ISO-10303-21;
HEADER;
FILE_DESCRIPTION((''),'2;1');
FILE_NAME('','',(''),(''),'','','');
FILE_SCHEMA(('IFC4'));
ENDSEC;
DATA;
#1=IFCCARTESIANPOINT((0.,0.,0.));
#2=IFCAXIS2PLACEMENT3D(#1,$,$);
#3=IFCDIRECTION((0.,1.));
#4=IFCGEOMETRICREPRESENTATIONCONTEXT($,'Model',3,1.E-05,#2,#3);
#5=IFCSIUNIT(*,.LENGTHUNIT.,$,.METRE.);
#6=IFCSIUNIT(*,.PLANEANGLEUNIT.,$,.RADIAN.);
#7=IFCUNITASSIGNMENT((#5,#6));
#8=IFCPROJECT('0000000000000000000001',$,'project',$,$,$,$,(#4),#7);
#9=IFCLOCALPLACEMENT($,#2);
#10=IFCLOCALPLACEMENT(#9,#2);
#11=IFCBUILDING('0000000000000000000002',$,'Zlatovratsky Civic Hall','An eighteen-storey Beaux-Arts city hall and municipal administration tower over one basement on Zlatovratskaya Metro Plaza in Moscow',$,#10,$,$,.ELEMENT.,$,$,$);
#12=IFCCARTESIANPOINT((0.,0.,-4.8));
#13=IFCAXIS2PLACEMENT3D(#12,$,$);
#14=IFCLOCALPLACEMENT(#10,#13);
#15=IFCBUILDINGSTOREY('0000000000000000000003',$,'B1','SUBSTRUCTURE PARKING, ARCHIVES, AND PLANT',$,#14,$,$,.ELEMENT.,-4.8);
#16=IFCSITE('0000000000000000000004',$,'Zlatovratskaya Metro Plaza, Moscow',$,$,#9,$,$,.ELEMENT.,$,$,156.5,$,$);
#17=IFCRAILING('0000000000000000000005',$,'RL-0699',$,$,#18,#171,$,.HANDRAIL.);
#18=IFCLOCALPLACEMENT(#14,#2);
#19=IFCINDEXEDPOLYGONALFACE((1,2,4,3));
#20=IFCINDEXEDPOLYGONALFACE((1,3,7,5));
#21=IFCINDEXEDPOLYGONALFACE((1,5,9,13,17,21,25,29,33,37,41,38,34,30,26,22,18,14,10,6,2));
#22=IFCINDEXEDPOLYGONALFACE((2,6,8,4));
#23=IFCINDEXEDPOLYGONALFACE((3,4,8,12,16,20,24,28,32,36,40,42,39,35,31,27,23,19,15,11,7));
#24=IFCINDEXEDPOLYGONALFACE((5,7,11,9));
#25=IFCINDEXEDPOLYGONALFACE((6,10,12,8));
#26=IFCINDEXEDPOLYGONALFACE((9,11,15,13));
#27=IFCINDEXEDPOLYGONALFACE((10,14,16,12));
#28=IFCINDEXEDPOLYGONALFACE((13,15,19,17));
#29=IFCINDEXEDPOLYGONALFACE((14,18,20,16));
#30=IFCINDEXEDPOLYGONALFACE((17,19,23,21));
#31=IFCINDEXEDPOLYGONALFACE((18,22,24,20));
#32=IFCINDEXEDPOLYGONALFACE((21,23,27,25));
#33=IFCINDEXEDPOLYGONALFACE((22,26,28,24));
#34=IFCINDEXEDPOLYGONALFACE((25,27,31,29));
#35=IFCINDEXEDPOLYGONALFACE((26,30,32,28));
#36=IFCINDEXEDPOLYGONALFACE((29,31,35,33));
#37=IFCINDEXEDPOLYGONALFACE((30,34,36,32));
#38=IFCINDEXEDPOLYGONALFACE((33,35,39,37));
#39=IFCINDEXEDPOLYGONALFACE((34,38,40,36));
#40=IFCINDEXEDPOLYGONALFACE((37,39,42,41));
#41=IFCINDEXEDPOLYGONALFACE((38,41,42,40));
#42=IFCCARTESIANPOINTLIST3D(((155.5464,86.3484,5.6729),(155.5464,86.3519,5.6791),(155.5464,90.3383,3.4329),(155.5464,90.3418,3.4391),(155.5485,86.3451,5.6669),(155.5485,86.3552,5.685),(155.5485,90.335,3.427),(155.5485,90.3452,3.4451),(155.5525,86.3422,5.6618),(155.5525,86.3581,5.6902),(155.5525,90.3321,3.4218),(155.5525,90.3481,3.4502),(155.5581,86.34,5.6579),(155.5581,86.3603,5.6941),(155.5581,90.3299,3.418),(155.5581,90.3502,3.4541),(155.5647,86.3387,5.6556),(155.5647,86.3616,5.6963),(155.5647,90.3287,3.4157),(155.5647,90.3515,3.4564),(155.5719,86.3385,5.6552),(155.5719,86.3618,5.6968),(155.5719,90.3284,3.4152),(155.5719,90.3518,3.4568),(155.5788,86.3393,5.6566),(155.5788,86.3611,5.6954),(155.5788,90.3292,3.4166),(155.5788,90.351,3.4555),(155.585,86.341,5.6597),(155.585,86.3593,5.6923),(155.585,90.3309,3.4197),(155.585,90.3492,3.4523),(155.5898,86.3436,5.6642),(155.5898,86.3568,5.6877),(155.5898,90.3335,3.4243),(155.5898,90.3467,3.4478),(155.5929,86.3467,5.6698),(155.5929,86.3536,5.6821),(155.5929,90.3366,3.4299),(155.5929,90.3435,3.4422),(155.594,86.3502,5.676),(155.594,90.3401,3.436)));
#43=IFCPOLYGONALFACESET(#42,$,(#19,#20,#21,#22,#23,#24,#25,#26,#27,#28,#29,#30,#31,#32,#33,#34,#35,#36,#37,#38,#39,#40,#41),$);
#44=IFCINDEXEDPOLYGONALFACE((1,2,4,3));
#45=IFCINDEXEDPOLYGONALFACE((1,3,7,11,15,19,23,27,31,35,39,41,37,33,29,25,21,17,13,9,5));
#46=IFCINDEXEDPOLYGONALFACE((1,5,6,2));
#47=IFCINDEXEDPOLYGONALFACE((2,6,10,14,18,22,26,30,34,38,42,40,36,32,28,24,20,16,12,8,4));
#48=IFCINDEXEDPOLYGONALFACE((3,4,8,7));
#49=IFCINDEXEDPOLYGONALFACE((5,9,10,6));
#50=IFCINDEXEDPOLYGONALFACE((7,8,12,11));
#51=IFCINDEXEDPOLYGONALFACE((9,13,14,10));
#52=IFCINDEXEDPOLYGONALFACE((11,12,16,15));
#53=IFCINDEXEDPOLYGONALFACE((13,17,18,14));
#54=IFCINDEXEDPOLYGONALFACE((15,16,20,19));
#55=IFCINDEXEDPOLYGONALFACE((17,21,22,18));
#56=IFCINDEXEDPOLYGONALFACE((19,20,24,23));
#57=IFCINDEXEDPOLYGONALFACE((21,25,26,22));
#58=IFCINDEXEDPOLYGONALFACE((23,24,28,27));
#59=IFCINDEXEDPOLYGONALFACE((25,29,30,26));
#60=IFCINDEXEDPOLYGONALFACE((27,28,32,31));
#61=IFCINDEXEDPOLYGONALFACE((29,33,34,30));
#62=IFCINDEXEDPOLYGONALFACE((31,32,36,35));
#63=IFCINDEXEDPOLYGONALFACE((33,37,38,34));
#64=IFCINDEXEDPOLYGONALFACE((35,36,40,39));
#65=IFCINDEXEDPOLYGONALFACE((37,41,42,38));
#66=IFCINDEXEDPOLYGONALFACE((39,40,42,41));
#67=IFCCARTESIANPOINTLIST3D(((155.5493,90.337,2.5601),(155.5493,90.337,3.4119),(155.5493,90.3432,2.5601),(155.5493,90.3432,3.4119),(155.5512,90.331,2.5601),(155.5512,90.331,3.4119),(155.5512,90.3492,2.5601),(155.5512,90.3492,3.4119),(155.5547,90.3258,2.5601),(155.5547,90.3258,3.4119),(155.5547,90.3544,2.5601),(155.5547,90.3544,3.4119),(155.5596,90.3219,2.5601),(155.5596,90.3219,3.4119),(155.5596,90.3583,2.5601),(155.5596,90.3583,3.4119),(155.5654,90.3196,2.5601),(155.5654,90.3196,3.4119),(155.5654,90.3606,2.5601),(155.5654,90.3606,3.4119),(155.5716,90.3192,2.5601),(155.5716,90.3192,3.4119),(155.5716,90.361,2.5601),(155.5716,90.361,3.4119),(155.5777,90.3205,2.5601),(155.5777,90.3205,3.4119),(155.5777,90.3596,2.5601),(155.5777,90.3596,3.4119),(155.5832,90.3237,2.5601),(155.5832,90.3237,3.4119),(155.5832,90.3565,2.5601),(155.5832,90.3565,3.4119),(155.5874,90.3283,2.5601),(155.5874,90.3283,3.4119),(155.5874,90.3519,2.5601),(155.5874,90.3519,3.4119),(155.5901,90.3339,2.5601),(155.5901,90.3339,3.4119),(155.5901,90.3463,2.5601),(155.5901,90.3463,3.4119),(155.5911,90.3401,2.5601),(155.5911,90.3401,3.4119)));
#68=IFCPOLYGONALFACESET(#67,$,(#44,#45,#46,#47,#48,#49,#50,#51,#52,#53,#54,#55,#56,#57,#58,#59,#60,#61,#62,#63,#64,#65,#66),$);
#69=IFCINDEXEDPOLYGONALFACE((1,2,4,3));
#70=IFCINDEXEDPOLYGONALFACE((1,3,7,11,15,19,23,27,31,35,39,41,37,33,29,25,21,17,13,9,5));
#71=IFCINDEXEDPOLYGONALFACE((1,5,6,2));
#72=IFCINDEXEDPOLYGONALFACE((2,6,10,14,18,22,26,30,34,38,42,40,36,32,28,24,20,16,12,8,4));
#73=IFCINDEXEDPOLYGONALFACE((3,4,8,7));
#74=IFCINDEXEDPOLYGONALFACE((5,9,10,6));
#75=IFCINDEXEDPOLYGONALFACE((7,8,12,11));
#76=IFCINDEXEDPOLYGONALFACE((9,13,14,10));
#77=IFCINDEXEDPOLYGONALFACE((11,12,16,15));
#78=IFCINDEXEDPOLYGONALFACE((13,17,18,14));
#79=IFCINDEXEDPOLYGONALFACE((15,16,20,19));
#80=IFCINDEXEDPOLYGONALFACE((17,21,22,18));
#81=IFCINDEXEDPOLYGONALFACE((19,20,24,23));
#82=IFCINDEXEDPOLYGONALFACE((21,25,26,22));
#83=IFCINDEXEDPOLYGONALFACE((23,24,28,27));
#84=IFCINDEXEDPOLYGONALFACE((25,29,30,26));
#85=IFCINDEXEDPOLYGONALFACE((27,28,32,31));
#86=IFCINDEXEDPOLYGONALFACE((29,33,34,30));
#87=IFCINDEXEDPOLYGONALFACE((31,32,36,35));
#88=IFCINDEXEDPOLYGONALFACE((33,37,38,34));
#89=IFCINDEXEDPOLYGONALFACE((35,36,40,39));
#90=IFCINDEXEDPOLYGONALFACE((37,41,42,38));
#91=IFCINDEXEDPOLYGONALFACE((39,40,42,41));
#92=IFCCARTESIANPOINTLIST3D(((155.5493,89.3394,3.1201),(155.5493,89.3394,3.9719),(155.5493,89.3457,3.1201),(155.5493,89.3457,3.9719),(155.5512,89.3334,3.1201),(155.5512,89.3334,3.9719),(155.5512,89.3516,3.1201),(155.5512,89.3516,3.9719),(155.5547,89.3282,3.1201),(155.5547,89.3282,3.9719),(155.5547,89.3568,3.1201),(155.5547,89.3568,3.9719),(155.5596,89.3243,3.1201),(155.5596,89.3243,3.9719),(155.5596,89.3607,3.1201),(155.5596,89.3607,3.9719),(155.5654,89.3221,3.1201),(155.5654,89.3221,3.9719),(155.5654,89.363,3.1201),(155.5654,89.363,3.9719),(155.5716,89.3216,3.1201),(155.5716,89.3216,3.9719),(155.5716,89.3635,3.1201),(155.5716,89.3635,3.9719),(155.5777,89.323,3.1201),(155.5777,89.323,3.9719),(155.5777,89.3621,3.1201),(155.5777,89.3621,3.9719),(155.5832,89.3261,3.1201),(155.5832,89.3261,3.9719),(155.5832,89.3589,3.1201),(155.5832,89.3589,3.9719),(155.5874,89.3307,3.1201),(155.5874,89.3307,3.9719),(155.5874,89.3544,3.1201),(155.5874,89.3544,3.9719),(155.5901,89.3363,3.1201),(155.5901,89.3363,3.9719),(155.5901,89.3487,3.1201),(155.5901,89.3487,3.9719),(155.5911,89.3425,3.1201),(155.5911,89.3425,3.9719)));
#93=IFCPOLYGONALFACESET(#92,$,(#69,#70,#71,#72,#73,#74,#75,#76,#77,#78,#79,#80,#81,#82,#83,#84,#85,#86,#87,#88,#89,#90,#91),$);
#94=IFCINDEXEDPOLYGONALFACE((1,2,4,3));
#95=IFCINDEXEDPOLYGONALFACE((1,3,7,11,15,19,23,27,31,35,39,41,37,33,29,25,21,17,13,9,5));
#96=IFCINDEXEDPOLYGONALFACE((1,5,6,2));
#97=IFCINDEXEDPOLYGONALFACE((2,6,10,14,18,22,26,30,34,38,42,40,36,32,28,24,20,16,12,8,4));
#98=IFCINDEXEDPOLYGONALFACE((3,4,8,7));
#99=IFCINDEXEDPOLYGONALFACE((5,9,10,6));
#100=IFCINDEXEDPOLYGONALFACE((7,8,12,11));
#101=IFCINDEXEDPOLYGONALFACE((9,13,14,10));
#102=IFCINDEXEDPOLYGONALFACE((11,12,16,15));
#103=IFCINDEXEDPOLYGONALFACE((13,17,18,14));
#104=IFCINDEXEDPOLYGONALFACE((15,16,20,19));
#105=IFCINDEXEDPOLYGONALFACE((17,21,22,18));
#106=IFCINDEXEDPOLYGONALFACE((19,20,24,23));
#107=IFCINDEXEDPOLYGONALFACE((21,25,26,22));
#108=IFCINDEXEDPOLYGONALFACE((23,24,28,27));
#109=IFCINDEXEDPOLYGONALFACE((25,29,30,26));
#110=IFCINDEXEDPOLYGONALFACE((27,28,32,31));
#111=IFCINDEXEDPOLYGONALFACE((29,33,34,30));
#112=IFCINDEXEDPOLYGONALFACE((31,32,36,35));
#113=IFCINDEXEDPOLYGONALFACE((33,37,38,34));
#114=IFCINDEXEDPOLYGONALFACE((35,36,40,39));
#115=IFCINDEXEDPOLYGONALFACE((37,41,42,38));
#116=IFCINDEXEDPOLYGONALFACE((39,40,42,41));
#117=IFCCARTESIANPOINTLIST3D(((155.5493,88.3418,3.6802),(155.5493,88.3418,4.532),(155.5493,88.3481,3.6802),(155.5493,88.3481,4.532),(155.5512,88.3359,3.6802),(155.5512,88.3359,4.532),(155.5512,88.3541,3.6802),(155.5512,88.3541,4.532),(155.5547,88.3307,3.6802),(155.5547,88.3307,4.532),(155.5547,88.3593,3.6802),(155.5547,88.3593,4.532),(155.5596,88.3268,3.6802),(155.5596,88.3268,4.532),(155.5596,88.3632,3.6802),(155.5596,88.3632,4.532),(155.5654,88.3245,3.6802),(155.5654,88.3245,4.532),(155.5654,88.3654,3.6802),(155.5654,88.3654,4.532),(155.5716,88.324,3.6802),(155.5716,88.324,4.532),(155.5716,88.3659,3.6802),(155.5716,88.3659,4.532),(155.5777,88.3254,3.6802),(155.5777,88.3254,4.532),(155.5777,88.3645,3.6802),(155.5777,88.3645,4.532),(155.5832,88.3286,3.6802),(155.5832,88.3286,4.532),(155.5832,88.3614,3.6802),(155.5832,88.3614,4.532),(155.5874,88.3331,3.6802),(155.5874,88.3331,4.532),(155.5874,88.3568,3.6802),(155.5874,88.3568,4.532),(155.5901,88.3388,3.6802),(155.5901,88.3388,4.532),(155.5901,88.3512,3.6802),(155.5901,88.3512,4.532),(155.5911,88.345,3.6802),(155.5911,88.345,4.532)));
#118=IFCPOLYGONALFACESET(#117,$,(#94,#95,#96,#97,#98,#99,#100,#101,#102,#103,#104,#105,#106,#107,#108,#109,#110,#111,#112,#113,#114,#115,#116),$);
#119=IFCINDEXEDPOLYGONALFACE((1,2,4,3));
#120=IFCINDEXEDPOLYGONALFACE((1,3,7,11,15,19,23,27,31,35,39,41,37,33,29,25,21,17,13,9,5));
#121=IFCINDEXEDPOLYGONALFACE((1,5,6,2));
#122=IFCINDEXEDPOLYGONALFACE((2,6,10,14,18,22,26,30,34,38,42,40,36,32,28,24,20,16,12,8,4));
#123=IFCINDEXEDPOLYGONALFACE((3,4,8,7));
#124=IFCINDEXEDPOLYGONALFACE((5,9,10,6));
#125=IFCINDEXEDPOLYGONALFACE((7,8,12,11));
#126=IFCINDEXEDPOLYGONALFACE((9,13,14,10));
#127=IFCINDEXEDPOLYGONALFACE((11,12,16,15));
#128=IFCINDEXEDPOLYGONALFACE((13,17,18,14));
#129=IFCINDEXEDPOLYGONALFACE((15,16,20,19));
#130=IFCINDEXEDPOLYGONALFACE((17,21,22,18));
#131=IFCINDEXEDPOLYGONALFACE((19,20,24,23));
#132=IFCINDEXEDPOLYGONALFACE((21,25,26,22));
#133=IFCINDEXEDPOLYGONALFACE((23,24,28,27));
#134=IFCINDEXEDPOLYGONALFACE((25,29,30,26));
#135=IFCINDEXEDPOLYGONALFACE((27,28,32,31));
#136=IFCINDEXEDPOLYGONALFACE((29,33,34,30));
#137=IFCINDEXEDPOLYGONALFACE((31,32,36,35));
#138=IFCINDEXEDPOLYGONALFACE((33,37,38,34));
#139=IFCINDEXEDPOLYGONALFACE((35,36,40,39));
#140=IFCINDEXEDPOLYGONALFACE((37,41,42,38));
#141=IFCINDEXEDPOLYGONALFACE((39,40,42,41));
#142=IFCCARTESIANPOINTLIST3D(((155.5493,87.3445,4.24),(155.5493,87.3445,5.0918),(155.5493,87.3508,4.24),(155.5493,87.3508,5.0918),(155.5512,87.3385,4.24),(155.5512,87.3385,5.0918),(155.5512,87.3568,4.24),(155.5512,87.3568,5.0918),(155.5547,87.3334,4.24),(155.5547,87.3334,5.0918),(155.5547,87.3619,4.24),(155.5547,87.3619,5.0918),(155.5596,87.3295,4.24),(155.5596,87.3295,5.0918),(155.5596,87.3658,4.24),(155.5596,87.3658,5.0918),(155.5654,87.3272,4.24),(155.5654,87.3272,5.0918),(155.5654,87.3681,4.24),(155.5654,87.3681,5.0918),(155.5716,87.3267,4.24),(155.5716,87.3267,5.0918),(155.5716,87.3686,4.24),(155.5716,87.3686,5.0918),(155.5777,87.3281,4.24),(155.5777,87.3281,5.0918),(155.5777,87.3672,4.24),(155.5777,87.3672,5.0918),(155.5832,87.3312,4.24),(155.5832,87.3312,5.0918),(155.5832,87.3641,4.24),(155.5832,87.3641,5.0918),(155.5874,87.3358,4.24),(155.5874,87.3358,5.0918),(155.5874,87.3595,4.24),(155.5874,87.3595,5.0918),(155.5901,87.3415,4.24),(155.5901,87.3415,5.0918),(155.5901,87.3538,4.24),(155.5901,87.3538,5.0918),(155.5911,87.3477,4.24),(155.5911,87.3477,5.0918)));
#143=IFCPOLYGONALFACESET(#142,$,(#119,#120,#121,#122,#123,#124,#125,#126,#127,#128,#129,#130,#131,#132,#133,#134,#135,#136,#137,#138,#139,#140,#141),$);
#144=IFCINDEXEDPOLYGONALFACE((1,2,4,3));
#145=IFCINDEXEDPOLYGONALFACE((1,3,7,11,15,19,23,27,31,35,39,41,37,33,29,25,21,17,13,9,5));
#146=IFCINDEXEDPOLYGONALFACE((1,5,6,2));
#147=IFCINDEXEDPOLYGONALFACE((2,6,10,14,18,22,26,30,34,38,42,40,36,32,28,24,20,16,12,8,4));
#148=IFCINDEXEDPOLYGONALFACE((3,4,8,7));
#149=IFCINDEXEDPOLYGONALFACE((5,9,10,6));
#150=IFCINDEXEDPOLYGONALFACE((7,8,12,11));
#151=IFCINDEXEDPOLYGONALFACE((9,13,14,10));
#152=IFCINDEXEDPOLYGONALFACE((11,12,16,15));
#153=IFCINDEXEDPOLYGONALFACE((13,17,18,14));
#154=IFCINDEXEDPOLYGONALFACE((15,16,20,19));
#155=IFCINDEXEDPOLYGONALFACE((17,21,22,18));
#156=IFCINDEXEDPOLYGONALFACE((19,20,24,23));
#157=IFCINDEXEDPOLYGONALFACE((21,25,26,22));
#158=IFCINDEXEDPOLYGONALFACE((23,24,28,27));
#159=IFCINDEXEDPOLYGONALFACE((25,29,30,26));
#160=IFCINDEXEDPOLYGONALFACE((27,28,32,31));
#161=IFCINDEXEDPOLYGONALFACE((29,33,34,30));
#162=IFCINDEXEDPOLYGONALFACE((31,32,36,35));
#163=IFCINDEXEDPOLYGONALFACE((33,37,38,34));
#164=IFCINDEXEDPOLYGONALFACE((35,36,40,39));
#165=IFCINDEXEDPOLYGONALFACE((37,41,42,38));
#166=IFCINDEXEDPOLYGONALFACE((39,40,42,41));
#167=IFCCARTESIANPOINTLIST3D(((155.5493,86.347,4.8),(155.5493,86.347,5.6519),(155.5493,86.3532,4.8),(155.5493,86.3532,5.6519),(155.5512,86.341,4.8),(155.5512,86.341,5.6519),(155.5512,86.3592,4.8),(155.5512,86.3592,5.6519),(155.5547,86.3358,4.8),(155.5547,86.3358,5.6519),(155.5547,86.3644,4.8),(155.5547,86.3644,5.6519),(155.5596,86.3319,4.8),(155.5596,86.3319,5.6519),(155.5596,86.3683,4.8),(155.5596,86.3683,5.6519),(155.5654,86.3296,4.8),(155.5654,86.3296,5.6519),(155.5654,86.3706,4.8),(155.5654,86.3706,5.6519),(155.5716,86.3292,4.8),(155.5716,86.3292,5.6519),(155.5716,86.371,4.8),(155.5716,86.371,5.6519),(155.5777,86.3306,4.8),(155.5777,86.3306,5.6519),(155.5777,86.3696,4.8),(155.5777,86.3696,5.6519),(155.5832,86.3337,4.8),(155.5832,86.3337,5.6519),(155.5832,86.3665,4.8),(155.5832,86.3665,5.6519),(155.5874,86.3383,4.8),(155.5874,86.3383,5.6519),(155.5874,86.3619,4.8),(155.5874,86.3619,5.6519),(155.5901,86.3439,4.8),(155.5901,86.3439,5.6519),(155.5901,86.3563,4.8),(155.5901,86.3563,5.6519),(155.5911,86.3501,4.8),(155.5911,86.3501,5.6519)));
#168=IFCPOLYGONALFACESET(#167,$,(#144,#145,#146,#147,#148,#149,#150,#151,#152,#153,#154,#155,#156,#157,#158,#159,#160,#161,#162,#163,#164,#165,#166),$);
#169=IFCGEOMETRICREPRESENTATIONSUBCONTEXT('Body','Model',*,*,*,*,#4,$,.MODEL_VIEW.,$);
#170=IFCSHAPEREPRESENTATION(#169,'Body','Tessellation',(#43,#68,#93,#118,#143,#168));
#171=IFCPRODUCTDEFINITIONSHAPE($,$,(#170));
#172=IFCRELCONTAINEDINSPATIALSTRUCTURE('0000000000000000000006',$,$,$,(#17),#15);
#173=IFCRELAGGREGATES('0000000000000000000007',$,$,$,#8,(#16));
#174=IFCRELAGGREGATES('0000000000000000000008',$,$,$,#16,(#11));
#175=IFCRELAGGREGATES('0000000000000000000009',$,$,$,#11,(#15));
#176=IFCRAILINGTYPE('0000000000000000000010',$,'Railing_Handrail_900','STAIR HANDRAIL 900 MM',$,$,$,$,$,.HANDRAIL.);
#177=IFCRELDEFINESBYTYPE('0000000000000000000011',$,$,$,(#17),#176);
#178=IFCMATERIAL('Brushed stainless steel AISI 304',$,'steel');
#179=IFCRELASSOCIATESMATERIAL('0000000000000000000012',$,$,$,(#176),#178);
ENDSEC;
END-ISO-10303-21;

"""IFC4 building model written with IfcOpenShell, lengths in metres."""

from ifc_helpers import new_model, si_unit, direction, frame, origin, origin_2d, place, context, subcontext, project, spatial, circle, extrude, material, type_object, element, save


model = new_model("IFC4")

# Units and contexts
model_context = context("Model", 3, precision=1e-05, world=origin(), true_north=direction((0.0, 1.0)))
body_context = subcontext(model_context, "Body", "Model", "MODEL_VIEW")
ifc_project = project(units=[si_unit("LENGTHUNIT", "METRE"), si_unit("PLANEANGLEUNIT", "RADIAN")], contexts=[model_context])

# Site, building, storey
site_placement = place(None, origin())
site = spatial("IfcSite", under=ifc_project, at=site_placement, Name="Zlatovratskaya Metro Plaza, Moscow", CompositionType="ELEMENT", RefElevation=156.5)
building_placement = place(site_placement, origin())
building = spatial("IfcBuilding", under=site, at=building_placement, Name="Zlatovratsky Civic Hall", Description="An eighteen-storey Beaux-Arts city hall and municipal administration tower over one basement on Zlatovratskaya Metro Plaza in Moscow", CompositionType="ELEMENT")
storey_placement = place(building_placement, frame((0.0, 0.0, -4.8)))
storey = spatial("IfcBuildingStorey", under=building, at=storey_placement, Name="B1", Description="SUBSTRUCTURE PARKING, ARCHIVES, AND PLANT", CompositionType="ELEMENT", Elevation=-4.8)

# Railing
ifc_material_1 = material(Name="Brushed stainless steel AISI 304", Category="steel")
railing_type_1 = type_object("IfcRailingType", Name="Railing_Handrail_900", Description="STAIR HANDRAIL 900 MM", PredefinedType="HANDRAIL", material=ifc_material_1)
railing_1_placement = place(storey_placement, frame((155.5701, 90.3401, 2.5601)))
element("IfcRailing", 1, at=railing_1_placement, inside=storey, type_object=railing_type_1, Name="RL-0699", PredefinedType="HANDRAIL", context=body_context, shape_type="SweptSolid", body=[
    extrude(circle(Radius=0.0239, at=origin_2d()), frame((0.0, 0.0, 0.876), z_axis=(0.0, -0.871984, 0.489534), x_axis=(1.0, 0.0, 0.0)), (0.0, 0.0, 1.0), 4.5757),
    extrude(circle(Radius=0.021, at=origin_2d()), origin(), (0.0, 0.0, 1.0), 0.8518),
    extrude(circle(Radius=0.021, at=origin_2d()), frame((0.0, -0.9976, 0.5601)), (0.0, 0.0, 1.0), 0.8518),
    extrude(circle(Radius=0.021, at=origin_2d()), frame((0.0, -1.9951, 1.1201)), (0.0, 0.0, 1.0), 0.8518),
    extrude(circle(Radius=0.021, at=origin_2d()), frame((0.0, -2.9924, 1.6799)), (0.0, 0.0, 1.0), 0.8518),
    extrude(circle(Radius=0.021, at=origin_2d()), frame((0.0, -3.99, 2.24)), (0.0, 0.0, 1.0), 0.8518),
])

save(model, "model.ifc")
